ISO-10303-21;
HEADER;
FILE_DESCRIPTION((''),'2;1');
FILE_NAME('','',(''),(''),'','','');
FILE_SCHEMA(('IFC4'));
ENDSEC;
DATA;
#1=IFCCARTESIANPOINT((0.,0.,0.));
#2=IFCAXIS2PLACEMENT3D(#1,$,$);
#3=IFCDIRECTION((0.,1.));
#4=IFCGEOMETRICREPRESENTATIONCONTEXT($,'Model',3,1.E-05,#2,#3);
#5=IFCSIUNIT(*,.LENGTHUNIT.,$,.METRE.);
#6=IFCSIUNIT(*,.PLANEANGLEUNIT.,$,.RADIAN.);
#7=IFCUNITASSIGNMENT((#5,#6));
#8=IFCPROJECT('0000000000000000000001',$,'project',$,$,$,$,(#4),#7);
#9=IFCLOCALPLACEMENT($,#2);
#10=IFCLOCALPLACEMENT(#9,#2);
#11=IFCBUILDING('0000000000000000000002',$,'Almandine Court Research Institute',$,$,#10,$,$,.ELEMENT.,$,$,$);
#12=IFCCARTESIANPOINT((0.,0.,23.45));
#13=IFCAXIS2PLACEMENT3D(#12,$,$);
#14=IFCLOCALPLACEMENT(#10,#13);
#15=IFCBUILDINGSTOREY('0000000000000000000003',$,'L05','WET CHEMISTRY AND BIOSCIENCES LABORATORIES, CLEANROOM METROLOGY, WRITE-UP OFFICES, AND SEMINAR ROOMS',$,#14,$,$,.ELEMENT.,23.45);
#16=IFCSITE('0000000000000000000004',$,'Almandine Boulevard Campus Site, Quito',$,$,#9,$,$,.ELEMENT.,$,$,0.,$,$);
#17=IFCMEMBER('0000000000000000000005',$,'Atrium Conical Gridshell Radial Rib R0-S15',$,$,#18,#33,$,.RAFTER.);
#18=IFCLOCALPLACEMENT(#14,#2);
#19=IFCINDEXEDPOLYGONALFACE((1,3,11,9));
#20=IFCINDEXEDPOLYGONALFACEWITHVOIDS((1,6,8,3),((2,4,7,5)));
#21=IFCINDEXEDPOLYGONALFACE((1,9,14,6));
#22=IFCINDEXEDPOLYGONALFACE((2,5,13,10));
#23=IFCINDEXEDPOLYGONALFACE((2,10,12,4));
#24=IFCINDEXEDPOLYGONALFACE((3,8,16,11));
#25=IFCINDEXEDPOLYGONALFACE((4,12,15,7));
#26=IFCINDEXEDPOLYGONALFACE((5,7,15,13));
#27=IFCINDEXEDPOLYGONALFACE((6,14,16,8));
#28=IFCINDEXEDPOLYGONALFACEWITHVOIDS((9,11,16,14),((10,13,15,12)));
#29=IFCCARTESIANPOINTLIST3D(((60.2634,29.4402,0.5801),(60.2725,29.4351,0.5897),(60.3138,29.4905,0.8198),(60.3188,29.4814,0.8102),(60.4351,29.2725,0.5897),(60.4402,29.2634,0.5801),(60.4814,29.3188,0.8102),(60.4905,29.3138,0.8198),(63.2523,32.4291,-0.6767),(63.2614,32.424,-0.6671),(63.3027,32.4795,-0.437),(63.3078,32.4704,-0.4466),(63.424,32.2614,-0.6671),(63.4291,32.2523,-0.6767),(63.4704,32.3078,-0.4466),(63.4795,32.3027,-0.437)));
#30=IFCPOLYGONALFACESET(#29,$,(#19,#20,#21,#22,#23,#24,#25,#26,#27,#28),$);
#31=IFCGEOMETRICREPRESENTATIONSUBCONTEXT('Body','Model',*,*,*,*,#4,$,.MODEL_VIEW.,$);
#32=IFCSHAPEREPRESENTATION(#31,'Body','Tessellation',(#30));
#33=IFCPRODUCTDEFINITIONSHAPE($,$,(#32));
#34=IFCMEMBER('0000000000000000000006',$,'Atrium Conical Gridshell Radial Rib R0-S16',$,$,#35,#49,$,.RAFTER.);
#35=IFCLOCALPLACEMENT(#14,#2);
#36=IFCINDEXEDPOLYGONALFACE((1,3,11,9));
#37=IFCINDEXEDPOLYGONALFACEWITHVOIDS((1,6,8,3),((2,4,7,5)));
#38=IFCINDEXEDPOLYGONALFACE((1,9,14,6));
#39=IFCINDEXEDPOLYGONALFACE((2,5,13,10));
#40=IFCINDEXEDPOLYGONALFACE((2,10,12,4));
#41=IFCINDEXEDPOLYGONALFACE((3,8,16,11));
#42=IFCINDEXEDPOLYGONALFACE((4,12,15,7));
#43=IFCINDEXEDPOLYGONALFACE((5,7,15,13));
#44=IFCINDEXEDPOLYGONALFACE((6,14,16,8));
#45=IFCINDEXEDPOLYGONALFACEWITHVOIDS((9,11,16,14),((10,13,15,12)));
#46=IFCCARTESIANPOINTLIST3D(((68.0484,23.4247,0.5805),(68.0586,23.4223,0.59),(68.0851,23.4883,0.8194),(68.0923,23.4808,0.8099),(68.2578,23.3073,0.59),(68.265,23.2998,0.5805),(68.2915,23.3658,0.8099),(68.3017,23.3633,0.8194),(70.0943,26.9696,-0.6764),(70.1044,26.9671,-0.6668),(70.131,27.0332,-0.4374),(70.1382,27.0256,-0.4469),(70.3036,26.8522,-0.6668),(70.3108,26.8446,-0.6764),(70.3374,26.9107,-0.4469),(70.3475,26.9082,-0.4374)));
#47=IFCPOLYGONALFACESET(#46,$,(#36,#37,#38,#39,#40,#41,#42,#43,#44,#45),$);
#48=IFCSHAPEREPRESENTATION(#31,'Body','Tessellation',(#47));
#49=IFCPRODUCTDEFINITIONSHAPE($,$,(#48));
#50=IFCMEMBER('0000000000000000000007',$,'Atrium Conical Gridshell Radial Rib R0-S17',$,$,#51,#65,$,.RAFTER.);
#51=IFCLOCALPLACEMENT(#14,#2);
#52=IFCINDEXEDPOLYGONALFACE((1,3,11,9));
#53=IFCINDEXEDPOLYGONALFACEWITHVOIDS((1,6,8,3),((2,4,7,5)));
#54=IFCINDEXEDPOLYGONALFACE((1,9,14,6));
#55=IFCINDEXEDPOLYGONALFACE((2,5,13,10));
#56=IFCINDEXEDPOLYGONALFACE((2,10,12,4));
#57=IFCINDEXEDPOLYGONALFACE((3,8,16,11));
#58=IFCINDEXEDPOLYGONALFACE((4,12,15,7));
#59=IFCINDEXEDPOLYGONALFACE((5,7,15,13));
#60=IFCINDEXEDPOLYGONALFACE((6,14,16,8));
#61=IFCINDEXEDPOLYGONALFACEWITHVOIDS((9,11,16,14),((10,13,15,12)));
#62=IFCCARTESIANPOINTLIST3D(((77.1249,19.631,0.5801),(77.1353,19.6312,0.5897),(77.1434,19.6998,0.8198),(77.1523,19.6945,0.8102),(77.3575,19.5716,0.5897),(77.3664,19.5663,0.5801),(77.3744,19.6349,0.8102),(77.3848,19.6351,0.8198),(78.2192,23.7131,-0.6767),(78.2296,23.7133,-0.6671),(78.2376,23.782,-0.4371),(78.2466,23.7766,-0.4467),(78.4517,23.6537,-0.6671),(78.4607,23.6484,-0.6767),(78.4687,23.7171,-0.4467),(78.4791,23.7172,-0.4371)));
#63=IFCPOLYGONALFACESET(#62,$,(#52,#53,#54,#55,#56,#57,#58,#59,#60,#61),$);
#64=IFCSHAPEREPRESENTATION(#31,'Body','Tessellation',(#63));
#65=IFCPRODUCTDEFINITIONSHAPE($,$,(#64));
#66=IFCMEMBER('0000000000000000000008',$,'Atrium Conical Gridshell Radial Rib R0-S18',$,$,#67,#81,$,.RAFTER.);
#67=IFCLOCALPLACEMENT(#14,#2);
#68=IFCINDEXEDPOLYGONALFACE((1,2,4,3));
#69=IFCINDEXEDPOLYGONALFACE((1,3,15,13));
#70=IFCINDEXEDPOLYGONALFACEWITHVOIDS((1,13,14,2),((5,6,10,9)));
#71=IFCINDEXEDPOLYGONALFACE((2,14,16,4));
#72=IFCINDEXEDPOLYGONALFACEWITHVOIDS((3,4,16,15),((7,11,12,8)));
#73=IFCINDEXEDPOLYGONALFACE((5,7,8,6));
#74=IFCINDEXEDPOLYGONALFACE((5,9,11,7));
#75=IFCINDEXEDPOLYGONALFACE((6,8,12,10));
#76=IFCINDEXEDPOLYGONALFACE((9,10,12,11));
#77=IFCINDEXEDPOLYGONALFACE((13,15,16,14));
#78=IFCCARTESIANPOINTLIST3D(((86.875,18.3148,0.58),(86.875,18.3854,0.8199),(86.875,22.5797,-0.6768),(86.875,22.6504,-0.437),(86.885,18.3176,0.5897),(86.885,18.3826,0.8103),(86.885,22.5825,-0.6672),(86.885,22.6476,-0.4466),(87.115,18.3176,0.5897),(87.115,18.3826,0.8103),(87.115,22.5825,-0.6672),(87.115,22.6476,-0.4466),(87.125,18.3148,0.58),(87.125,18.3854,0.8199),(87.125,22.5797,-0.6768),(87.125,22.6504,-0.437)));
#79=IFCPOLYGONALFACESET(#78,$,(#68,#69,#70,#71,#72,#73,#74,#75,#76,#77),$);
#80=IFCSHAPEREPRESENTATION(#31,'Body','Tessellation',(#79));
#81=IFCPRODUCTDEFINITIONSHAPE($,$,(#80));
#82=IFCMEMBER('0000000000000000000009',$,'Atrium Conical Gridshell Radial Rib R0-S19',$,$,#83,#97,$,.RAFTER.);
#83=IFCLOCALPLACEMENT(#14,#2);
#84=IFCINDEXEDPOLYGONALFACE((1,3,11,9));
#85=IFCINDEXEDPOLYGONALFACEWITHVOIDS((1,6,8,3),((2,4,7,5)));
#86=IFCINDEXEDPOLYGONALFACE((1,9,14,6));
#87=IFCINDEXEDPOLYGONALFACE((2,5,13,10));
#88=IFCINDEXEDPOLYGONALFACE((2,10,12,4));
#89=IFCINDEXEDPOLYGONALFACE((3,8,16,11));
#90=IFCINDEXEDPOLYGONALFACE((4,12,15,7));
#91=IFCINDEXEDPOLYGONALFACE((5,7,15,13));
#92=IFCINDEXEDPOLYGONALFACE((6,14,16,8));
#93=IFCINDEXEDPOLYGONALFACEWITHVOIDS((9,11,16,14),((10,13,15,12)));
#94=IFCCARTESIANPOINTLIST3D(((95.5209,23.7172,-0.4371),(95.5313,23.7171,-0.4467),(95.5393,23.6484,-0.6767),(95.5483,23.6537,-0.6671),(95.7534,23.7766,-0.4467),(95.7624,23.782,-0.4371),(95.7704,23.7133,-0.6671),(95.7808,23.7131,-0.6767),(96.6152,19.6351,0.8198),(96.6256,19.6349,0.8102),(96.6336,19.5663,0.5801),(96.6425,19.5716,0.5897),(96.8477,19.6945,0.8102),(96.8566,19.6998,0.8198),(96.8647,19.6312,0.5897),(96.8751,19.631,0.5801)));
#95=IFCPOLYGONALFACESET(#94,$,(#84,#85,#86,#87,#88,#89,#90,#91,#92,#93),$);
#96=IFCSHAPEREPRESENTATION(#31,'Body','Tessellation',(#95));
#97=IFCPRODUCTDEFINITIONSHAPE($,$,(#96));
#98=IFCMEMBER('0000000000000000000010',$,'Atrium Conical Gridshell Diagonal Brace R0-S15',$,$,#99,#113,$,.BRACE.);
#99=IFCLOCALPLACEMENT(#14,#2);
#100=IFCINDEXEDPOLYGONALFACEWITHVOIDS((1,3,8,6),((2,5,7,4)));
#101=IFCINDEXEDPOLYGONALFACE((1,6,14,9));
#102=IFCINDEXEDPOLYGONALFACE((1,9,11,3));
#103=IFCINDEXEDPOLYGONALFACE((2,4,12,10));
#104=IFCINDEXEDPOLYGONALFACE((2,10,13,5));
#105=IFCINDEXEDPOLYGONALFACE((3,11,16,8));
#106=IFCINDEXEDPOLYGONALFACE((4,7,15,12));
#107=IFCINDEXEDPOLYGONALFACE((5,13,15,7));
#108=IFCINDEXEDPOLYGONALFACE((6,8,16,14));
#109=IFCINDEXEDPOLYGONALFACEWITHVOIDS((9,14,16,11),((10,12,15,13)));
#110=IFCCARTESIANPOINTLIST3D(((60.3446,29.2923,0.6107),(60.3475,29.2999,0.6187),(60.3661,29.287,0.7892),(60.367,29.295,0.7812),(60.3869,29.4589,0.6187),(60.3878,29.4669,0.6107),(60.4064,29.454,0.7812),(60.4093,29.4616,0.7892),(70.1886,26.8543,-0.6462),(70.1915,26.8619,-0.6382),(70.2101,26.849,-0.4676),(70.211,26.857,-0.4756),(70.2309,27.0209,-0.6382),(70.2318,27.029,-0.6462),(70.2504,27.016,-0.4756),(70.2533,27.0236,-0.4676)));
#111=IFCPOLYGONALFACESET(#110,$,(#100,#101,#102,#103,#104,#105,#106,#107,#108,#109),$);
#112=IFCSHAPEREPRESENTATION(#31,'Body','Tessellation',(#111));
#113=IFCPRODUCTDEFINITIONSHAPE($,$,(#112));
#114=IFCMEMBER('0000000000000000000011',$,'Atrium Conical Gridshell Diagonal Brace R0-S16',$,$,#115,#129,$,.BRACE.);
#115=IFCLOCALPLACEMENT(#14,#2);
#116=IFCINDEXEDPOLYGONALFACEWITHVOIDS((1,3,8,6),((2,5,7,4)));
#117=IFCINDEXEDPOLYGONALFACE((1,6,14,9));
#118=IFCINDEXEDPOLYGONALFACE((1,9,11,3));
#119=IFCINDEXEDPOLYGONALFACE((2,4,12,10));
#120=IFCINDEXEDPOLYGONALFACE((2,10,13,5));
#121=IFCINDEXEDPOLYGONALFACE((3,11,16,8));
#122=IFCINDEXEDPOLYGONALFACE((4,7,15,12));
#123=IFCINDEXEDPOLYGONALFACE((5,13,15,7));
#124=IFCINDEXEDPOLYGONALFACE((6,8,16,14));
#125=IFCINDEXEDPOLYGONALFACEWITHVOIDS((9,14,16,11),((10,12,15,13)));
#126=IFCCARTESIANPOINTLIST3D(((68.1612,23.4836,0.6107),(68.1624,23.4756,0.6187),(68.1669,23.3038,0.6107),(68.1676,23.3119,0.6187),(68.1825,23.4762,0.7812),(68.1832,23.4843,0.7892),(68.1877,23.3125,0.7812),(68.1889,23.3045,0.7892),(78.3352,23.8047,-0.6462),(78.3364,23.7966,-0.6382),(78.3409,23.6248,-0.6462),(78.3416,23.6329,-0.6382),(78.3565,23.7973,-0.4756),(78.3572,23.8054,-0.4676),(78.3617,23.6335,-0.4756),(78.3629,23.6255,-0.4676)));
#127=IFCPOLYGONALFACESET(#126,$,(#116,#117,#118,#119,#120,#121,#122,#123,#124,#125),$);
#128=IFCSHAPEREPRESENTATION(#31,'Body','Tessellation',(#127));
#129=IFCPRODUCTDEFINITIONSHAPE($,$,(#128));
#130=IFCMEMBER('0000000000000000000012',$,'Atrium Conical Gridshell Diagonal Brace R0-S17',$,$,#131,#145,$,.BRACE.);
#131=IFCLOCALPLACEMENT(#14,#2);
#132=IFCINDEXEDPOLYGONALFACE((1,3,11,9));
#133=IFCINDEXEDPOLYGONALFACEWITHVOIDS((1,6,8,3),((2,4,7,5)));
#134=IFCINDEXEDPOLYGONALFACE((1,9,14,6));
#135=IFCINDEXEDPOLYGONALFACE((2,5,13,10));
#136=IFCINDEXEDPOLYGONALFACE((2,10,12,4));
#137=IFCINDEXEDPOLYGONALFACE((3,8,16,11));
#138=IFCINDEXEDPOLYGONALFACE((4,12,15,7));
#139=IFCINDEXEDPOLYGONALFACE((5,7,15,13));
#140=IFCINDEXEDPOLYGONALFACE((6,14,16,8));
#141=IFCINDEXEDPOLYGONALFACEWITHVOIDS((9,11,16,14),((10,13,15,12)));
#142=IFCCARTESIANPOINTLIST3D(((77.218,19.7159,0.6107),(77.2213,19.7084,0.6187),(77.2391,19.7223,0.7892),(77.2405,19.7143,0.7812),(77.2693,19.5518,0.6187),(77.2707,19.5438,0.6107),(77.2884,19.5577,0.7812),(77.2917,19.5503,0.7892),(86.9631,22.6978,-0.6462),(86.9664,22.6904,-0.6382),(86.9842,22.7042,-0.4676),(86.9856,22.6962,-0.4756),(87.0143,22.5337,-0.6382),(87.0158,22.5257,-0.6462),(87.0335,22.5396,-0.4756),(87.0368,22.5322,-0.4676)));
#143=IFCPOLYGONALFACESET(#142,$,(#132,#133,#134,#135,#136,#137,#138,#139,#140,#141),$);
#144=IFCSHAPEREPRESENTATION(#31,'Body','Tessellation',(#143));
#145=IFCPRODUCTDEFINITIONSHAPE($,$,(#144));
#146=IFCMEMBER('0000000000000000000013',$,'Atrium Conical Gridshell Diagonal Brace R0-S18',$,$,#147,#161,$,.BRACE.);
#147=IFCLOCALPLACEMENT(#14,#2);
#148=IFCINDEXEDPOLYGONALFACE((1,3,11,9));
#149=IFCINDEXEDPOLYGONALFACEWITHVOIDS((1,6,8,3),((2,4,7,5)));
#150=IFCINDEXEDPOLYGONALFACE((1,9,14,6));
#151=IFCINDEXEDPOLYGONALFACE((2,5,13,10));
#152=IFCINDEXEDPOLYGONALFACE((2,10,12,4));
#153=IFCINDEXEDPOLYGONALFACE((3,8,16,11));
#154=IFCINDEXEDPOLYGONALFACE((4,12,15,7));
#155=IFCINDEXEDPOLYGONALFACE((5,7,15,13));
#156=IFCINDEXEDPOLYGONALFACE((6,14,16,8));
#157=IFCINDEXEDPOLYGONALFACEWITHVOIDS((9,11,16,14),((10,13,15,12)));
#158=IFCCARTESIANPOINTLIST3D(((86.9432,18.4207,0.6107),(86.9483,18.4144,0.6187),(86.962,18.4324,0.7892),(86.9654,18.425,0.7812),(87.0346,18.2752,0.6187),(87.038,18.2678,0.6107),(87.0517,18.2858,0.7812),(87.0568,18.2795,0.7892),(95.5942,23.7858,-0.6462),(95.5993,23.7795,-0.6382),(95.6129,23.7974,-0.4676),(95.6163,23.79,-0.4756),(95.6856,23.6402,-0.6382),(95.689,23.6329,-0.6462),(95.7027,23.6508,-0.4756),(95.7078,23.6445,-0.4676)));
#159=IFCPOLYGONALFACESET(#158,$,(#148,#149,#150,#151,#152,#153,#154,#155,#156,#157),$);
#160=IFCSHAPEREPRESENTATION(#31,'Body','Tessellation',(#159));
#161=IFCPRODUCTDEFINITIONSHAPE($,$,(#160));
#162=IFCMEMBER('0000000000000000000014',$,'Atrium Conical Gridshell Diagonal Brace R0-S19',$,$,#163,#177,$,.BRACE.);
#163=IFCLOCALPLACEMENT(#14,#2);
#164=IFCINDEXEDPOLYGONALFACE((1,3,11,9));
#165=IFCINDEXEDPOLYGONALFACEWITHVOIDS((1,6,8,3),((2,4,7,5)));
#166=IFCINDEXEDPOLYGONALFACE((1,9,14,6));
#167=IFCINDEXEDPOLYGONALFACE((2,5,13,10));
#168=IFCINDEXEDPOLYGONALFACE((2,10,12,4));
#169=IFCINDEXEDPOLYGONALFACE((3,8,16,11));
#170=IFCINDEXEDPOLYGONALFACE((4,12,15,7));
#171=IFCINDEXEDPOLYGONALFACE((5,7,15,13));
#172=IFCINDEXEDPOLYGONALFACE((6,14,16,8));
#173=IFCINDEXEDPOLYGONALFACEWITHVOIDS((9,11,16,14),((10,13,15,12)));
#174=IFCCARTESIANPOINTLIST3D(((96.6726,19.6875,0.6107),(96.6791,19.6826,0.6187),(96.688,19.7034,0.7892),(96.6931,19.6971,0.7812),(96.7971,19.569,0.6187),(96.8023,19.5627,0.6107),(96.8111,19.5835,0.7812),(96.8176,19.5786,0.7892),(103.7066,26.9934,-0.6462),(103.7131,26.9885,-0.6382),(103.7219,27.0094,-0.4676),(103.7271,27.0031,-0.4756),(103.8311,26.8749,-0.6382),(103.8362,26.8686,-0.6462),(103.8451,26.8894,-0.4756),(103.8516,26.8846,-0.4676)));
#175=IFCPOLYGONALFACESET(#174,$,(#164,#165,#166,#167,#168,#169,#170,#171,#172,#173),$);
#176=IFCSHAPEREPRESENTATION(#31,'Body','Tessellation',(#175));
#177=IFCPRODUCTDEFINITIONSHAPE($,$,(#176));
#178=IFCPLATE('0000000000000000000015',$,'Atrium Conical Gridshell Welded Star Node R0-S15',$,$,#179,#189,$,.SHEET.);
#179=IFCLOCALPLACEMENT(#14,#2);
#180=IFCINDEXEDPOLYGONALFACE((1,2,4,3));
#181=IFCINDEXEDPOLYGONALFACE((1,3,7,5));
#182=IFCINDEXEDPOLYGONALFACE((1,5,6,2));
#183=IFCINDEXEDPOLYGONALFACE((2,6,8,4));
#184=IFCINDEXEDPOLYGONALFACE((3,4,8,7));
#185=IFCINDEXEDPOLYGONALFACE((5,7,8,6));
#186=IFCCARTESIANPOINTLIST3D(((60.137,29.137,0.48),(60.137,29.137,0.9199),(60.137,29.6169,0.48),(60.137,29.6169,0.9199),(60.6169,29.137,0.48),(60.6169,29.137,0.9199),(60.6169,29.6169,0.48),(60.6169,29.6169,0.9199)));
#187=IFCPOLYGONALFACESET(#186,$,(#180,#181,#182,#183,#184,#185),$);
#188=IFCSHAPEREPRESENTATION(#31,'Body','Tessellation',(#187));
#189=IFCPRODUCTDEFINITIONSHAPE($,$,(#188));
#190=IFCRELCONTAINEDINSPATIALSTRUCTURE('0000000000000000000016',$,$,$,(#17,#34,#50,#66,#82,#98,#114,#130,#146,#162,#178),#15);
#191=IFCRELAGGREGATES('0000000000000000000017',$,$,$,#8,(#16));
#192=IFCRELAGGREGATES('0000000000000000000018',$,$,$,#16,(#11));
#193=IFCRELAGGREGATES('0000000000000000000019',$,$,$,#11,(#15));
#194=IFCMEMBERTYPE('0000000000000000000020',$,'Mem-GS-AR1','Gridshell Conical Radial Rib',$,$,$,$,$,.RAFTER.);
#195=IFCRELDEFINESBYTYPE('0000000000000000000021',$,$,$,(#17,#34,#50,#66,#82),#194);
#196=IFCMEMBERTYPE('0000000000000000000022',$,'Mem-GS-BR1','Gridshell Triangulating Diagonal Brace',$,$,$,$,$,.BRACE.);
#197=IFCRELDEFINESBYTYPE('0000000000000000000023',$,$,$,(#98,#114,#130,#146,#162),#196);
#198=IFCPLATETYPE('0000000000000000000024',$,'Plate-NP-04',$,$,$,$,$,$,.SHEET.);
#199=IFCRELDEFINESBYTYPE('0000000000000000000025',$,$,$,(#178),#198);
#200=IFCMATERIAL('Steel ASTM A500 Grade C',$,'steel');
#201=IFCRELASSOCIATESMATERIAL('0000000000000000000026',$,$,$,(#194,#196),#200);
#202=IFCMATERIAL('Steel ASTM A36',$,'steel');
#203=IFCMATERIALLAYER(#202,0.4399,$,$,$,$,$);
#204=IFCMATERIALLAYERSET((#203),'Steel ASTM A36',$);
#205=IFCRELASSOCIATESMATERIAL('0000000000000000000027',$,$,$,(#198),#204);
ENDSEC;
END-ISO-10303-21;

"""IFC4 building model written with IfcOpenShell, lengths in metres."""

from ifc_helpers import new_model, si_unit, direction, frame, origin, origin_2d, place, context, subcontext, project, spatial, rectangle, hollow_rectangle, extrude, material, layer, layer_set, material_profile, profile_set, type_object, element, save


model = new_model("IFC4")

# Units and contexts
model_context = context("Model", 3, precision=1e-05, world=origin(), true_north=direction((0.0, 1.0)))
body_context = subcontext(model_context, "Body", "Model", "MODEL_VIEW")
ifc_project = project(units=[si_unit("LENGTHUNIT", "METRE"), si_unit("PLANEANGLEUNIT", "RADIAN")], contexts=[model_context])

# Site, building, storey
site_placement = place(None, origin())
site = spatial("IfcSite", under=ifc_project, at=site_placement, Name="Almandine Boulevard Campus Site, Quito", CompositionType="ELEMENT", RefElevation=0.0)
building_placement = place(site_placement, origin())
building = spatial("IfcBuilding", under=site, at=building_placement, Name="Almandine Court Research Institute", CompositionType="ELEMENT")
storey_placement = place(building_placement, frame((0.0, 0.0, 23.45)))
storey = spatial("IfcBuildingStorey", under=building, at=storey_placement, Name="L05", Description="WET CHEMISTRY AND BIOSCIENCES LABORATORIES, CLEANROOM METROLOGY, WRITE-UP OFFICES, AND SEMINAR ROOMS", CompositionType="ELEMENT", Elevation=23.45)

# Members
ifc_material_1 = material(Name="Steel ASTM A500 Grade C", Category="steel")
ifc_material_profile_1 = material_profile(ifc_material_1, hollow_rectangle(XDim=0.25, YDim=0.25, WallThickness=0.01, at=origin_2d()), Name="HSS 250x250x10")
ifc_profile_set_1 = profile_set([ifc_material_profile_1], Name="Steel ASTM A500 Grade C")
member_type_1 = type_object("IfcMemberType", Name="Mem-GS-AR1", Description="Gridshell Conical Radial Rib", PredefinedType="RAFTER", material=ifc_profile_set_1)
member_1_placement = place(storey_placement, frame((60.377, 29.377, 0.7), z_axis=(0.677782, 0.677782, -0.284997), x_axis=(-0.707107, 0.707107, 0.0)))
element("IfcMember", 1, at=member_1_placement, inside=storey, type_object=member_type_1, Name="Atrium Conical Gridshell Radial Rib R0-S15", PredefinedType="RAFTER", context=body_context, shape_type="SweptSolid", body=[
    extrude(hollow_rectangle(XDim=0.25, YDim=0.25, WallThickness=0.01, at=origin_2d()), origin(), (0.0, 0.0, 1.0), 4.4099),
])
member_2_placement = place(storey_placement, frame((68.175, 23.394, 0.7), z_axis=(0.477839, 0.82795, -0.293546), x_axis=(-0.866106, 0.49986, 0.0)))
element("IfcMember", 2, at=member_2_placement, inside=storey, type_object=member_type_1, Name="Atrium Conical Gridshell Radial Rib R0-S16", PredefinedType="RAFTER", context=body_context, shape_type="SweptSolid", body=[
    extrude(hollow_rectangle(XDim=0.25, YDim=0.25, WallThickness=0.01, at=origin_2d()), origin(), (0.0, 0.0, 1.0), 4.2815),
])
member_3_placement = place(storey_placement, frame((77.2549, 19.6331, 0.7), z_axis=(0.248178, 0.925824, -0.285056), x_axis=(-0.965899, 0.258921, 0.0)))
element("IfcMember", 3, at=member_3_placement, inside=storey, type_object=member_type_1, Name="Atrium Conical Gridshell Radial Rib R0-S17", PredefinedType="RAFTER", context=body_context, shape_type="SweptSolid", body=[
    extrude(hollow_rectangle(XDim=0.25, YDim=0.25, WallThickness=0.01, at=origin_2d()), origin(), (0.0, 0.0, 1.0), 4.4092),
])
member_4_placement = place(storey_placement, frame((87.0, 18.3501, 0.7), z_axis=(0.0, 0.959216, -0.282675), x_axis=(-1.0, 0.0, 0.0)))
element("IfcMember", 4, at=member_4_placement, inside=storey, type_object=member_type_1, Name="Atrium Conical Gridshell Radial Rib R0-S18", PredefinedType="RAFTER", context=body_context, shape_type="SweptSolid", body=[
    extrude(hollow_rectangle(XDim=0.25, YDim=0.25, WallThickness=0.01, at=origin_2d()), origin(), (0.0, 0.0, 1.0), 4.4463),
])
member_5_placement = place(storey_placement, frame((96.7451, 19.6331, 0.7), z_axis=(-0.248178, 0.925824, -0.285056), x_axis=(-0.965899, -0.258921, 0.0)))
element("IfcMember", 5, at=member_5_placement, inside=storey, type_object=member_type_1, Name="Atrium Conical Gridshell Radial Rib R0-S19", PredefinedType="RAFTER", context=body_context, shape_type="SweptSolid", body=[
    extrude(hollow_rectangle(XDim=0.25, YDim=0.25, WallThickness=0.01, at=origin_2d()), origin(), (0.0, 0.0, 1.0), 4.4092),
])
ifc_material_profile_2 = material_profile(ifc_material_1, hollow_rectangle(XDim=0.1799, YDim=0.1799, WallThickness=0.0081, at=origin_2d()), Name="HSS 180x180x8")
ifc_profile_set_2 = profile_set([ifc_material_profile_2], Name="Steel ASTM A500 Grade C")
member_type_2 = type_object("IfcMemberType", Name="Mem-GS-BR1", Description="Gridshell Triangulating Diagonal Brace", PredefinedType="BRACE", material=ifc_profile_set_2)
member_6_placement = place(storey_placement, frame((60.377, 29.377, 0.7), z_axis=(0.963305, -0.238574, -0.12299), x_axis=(0.2404, 0.970674, 0.0)))
element("IfcMember", 6, at=member_6_placement, inside=storey, type_object=member_type_2, Name="Atrium Conical Gridshell Diagonal Brace R0-S15", PredefinedType="BRACE", context=body_context, shape_type="SweptSolid", body=[
    extrude(hollow_rectangle(XDim=0.1799, YDim=0.1799, WallThickness=0.0081, at=origin_2d()), origin(), (0.0, 0.0, 1.0), 10.219),
])
member_7_placement = place(storey_placement, frame((68.175, 23.394, 0.7), z_axis=(0.99197, 0.031302, -0.122541), x_axis=(-0.03154, 0.999503, 0.0)))
element("IfcMember", 7, at=member_7_placement, inside=storey, type_object=member_type_2, Name="Atrium Conical Gridshell Diagonal Brace R0-S16", PredefinedType="BRACE", context=body_context, shape_type="SweptSolid", body=[
    extrude(hollow_rectangle(XDim=0.1799, YDim=0.1799, WallThickness=0.0081, at=origin_2d()), origin(), (0.0, 0.0, 1.0), 10.2563),
])
member_8_placement = place(storey_placement, frame((77.2549, 19.6331, 0.7), z_axis=(0.949045, 0.290401, -0.122399), x_axis=(-0.292601, 0.956235, 0.0)))
element("IfcMember", 8, at=member_8_placement, inside=storey, type_object=member_type_2, Name="Atrium Conical Gridshell Diagonal Brace R0-S17", PredefinedType="BRACE", context=body_context, shape_type="SweptSolid", body=[
    extrude(hollow_rectangle(XDim=0.1799, YDim=0.1799, WallThickness=0.0081, at=origin_2d()), origin(), (0.0, 0.0, 1.0), 10.2683),
])
member_9_placement = place(storey_placement, frame((87.0, 18.3501, 0.7), z_axis=(0.843435, 0.52307, -0.122538), x_axis=(-0.527042, 0.849839, 0.0)))
element("IfcMember", 9, at=member_9_placement, inside=storey, type_object=member_type_2, Name="Atrium Conical Gridshell Diagonal Brace R0-S18", PredefinedType="BRACE", context=body_context, shape_type="SweptSolid", body=[
    extrude(hollow_rectangle(XDim=0.1799, YDim=0.1799, WallThickness=0.0081, at=origin_2d()), origin(), (0.0, 0.0, 1.0), 10.2568),
])
member_10_placement = place(storey_placement, frame((96.7451, 19.6331, 0.7), z_axis=(0.688305, 0.714919, -0.122988), x_axis=(-0.720388, 0.693571, 0.0)))
element("IfcMember", 10, at=member_10_placement, inside=storey, type_object=member_type_2, Name="Atrium Conical Gridshell Diagonal Brace R0-S19", PredefinedType="BRACE", context=body_context, shape_type="SweptSolid", body=[
    extrude(hollow_rectangle(XDim=0.1799, YDim=0.1799, WallThickness=0.0081, at=origin_2d()), origin(), (0.0, 0.0, 1.0), 10.2192),
])

# Plate
ifc_material_2 = material(Name="Steel ASTM A36", Category="steel")
ifc_layer_1 = layer(ifc_material_2, 0.4399)
ifc_layer_set_1 = layer_set([ifc_layer_1], Name="Steel ASTM A36")
plate_type = type_object("IfcPlateType", Name="Plate-NP-04", PredefinedType="SHEET", material=ifc_layer_set_1)
for number, where, z_axis, x_axis, name in (
    (11, (60.377, 29.377, 0.48), (0.0, 0.0, 1.0), (1.0, 0.0, 0.0), "Atrium Conical Gridshell Welded Star Node R0-S15"),
):
    element("IfcPlate", number, at=place(storey_placement, frame(where, z_axis=z_axis, x_axis=x_axis)), inside=storey, type_object=plate_type, Name=name, PredefinedType="SHEET", context=body_context, shape_type="SweptSolid", body=[
        extrude(rectangle(XDim=0.48, YDim=0.48, at=origin_2d()), origin(), (0.0, 0.0, 1.0), 0.4399),
    ])

save(model, "model.ifc")
